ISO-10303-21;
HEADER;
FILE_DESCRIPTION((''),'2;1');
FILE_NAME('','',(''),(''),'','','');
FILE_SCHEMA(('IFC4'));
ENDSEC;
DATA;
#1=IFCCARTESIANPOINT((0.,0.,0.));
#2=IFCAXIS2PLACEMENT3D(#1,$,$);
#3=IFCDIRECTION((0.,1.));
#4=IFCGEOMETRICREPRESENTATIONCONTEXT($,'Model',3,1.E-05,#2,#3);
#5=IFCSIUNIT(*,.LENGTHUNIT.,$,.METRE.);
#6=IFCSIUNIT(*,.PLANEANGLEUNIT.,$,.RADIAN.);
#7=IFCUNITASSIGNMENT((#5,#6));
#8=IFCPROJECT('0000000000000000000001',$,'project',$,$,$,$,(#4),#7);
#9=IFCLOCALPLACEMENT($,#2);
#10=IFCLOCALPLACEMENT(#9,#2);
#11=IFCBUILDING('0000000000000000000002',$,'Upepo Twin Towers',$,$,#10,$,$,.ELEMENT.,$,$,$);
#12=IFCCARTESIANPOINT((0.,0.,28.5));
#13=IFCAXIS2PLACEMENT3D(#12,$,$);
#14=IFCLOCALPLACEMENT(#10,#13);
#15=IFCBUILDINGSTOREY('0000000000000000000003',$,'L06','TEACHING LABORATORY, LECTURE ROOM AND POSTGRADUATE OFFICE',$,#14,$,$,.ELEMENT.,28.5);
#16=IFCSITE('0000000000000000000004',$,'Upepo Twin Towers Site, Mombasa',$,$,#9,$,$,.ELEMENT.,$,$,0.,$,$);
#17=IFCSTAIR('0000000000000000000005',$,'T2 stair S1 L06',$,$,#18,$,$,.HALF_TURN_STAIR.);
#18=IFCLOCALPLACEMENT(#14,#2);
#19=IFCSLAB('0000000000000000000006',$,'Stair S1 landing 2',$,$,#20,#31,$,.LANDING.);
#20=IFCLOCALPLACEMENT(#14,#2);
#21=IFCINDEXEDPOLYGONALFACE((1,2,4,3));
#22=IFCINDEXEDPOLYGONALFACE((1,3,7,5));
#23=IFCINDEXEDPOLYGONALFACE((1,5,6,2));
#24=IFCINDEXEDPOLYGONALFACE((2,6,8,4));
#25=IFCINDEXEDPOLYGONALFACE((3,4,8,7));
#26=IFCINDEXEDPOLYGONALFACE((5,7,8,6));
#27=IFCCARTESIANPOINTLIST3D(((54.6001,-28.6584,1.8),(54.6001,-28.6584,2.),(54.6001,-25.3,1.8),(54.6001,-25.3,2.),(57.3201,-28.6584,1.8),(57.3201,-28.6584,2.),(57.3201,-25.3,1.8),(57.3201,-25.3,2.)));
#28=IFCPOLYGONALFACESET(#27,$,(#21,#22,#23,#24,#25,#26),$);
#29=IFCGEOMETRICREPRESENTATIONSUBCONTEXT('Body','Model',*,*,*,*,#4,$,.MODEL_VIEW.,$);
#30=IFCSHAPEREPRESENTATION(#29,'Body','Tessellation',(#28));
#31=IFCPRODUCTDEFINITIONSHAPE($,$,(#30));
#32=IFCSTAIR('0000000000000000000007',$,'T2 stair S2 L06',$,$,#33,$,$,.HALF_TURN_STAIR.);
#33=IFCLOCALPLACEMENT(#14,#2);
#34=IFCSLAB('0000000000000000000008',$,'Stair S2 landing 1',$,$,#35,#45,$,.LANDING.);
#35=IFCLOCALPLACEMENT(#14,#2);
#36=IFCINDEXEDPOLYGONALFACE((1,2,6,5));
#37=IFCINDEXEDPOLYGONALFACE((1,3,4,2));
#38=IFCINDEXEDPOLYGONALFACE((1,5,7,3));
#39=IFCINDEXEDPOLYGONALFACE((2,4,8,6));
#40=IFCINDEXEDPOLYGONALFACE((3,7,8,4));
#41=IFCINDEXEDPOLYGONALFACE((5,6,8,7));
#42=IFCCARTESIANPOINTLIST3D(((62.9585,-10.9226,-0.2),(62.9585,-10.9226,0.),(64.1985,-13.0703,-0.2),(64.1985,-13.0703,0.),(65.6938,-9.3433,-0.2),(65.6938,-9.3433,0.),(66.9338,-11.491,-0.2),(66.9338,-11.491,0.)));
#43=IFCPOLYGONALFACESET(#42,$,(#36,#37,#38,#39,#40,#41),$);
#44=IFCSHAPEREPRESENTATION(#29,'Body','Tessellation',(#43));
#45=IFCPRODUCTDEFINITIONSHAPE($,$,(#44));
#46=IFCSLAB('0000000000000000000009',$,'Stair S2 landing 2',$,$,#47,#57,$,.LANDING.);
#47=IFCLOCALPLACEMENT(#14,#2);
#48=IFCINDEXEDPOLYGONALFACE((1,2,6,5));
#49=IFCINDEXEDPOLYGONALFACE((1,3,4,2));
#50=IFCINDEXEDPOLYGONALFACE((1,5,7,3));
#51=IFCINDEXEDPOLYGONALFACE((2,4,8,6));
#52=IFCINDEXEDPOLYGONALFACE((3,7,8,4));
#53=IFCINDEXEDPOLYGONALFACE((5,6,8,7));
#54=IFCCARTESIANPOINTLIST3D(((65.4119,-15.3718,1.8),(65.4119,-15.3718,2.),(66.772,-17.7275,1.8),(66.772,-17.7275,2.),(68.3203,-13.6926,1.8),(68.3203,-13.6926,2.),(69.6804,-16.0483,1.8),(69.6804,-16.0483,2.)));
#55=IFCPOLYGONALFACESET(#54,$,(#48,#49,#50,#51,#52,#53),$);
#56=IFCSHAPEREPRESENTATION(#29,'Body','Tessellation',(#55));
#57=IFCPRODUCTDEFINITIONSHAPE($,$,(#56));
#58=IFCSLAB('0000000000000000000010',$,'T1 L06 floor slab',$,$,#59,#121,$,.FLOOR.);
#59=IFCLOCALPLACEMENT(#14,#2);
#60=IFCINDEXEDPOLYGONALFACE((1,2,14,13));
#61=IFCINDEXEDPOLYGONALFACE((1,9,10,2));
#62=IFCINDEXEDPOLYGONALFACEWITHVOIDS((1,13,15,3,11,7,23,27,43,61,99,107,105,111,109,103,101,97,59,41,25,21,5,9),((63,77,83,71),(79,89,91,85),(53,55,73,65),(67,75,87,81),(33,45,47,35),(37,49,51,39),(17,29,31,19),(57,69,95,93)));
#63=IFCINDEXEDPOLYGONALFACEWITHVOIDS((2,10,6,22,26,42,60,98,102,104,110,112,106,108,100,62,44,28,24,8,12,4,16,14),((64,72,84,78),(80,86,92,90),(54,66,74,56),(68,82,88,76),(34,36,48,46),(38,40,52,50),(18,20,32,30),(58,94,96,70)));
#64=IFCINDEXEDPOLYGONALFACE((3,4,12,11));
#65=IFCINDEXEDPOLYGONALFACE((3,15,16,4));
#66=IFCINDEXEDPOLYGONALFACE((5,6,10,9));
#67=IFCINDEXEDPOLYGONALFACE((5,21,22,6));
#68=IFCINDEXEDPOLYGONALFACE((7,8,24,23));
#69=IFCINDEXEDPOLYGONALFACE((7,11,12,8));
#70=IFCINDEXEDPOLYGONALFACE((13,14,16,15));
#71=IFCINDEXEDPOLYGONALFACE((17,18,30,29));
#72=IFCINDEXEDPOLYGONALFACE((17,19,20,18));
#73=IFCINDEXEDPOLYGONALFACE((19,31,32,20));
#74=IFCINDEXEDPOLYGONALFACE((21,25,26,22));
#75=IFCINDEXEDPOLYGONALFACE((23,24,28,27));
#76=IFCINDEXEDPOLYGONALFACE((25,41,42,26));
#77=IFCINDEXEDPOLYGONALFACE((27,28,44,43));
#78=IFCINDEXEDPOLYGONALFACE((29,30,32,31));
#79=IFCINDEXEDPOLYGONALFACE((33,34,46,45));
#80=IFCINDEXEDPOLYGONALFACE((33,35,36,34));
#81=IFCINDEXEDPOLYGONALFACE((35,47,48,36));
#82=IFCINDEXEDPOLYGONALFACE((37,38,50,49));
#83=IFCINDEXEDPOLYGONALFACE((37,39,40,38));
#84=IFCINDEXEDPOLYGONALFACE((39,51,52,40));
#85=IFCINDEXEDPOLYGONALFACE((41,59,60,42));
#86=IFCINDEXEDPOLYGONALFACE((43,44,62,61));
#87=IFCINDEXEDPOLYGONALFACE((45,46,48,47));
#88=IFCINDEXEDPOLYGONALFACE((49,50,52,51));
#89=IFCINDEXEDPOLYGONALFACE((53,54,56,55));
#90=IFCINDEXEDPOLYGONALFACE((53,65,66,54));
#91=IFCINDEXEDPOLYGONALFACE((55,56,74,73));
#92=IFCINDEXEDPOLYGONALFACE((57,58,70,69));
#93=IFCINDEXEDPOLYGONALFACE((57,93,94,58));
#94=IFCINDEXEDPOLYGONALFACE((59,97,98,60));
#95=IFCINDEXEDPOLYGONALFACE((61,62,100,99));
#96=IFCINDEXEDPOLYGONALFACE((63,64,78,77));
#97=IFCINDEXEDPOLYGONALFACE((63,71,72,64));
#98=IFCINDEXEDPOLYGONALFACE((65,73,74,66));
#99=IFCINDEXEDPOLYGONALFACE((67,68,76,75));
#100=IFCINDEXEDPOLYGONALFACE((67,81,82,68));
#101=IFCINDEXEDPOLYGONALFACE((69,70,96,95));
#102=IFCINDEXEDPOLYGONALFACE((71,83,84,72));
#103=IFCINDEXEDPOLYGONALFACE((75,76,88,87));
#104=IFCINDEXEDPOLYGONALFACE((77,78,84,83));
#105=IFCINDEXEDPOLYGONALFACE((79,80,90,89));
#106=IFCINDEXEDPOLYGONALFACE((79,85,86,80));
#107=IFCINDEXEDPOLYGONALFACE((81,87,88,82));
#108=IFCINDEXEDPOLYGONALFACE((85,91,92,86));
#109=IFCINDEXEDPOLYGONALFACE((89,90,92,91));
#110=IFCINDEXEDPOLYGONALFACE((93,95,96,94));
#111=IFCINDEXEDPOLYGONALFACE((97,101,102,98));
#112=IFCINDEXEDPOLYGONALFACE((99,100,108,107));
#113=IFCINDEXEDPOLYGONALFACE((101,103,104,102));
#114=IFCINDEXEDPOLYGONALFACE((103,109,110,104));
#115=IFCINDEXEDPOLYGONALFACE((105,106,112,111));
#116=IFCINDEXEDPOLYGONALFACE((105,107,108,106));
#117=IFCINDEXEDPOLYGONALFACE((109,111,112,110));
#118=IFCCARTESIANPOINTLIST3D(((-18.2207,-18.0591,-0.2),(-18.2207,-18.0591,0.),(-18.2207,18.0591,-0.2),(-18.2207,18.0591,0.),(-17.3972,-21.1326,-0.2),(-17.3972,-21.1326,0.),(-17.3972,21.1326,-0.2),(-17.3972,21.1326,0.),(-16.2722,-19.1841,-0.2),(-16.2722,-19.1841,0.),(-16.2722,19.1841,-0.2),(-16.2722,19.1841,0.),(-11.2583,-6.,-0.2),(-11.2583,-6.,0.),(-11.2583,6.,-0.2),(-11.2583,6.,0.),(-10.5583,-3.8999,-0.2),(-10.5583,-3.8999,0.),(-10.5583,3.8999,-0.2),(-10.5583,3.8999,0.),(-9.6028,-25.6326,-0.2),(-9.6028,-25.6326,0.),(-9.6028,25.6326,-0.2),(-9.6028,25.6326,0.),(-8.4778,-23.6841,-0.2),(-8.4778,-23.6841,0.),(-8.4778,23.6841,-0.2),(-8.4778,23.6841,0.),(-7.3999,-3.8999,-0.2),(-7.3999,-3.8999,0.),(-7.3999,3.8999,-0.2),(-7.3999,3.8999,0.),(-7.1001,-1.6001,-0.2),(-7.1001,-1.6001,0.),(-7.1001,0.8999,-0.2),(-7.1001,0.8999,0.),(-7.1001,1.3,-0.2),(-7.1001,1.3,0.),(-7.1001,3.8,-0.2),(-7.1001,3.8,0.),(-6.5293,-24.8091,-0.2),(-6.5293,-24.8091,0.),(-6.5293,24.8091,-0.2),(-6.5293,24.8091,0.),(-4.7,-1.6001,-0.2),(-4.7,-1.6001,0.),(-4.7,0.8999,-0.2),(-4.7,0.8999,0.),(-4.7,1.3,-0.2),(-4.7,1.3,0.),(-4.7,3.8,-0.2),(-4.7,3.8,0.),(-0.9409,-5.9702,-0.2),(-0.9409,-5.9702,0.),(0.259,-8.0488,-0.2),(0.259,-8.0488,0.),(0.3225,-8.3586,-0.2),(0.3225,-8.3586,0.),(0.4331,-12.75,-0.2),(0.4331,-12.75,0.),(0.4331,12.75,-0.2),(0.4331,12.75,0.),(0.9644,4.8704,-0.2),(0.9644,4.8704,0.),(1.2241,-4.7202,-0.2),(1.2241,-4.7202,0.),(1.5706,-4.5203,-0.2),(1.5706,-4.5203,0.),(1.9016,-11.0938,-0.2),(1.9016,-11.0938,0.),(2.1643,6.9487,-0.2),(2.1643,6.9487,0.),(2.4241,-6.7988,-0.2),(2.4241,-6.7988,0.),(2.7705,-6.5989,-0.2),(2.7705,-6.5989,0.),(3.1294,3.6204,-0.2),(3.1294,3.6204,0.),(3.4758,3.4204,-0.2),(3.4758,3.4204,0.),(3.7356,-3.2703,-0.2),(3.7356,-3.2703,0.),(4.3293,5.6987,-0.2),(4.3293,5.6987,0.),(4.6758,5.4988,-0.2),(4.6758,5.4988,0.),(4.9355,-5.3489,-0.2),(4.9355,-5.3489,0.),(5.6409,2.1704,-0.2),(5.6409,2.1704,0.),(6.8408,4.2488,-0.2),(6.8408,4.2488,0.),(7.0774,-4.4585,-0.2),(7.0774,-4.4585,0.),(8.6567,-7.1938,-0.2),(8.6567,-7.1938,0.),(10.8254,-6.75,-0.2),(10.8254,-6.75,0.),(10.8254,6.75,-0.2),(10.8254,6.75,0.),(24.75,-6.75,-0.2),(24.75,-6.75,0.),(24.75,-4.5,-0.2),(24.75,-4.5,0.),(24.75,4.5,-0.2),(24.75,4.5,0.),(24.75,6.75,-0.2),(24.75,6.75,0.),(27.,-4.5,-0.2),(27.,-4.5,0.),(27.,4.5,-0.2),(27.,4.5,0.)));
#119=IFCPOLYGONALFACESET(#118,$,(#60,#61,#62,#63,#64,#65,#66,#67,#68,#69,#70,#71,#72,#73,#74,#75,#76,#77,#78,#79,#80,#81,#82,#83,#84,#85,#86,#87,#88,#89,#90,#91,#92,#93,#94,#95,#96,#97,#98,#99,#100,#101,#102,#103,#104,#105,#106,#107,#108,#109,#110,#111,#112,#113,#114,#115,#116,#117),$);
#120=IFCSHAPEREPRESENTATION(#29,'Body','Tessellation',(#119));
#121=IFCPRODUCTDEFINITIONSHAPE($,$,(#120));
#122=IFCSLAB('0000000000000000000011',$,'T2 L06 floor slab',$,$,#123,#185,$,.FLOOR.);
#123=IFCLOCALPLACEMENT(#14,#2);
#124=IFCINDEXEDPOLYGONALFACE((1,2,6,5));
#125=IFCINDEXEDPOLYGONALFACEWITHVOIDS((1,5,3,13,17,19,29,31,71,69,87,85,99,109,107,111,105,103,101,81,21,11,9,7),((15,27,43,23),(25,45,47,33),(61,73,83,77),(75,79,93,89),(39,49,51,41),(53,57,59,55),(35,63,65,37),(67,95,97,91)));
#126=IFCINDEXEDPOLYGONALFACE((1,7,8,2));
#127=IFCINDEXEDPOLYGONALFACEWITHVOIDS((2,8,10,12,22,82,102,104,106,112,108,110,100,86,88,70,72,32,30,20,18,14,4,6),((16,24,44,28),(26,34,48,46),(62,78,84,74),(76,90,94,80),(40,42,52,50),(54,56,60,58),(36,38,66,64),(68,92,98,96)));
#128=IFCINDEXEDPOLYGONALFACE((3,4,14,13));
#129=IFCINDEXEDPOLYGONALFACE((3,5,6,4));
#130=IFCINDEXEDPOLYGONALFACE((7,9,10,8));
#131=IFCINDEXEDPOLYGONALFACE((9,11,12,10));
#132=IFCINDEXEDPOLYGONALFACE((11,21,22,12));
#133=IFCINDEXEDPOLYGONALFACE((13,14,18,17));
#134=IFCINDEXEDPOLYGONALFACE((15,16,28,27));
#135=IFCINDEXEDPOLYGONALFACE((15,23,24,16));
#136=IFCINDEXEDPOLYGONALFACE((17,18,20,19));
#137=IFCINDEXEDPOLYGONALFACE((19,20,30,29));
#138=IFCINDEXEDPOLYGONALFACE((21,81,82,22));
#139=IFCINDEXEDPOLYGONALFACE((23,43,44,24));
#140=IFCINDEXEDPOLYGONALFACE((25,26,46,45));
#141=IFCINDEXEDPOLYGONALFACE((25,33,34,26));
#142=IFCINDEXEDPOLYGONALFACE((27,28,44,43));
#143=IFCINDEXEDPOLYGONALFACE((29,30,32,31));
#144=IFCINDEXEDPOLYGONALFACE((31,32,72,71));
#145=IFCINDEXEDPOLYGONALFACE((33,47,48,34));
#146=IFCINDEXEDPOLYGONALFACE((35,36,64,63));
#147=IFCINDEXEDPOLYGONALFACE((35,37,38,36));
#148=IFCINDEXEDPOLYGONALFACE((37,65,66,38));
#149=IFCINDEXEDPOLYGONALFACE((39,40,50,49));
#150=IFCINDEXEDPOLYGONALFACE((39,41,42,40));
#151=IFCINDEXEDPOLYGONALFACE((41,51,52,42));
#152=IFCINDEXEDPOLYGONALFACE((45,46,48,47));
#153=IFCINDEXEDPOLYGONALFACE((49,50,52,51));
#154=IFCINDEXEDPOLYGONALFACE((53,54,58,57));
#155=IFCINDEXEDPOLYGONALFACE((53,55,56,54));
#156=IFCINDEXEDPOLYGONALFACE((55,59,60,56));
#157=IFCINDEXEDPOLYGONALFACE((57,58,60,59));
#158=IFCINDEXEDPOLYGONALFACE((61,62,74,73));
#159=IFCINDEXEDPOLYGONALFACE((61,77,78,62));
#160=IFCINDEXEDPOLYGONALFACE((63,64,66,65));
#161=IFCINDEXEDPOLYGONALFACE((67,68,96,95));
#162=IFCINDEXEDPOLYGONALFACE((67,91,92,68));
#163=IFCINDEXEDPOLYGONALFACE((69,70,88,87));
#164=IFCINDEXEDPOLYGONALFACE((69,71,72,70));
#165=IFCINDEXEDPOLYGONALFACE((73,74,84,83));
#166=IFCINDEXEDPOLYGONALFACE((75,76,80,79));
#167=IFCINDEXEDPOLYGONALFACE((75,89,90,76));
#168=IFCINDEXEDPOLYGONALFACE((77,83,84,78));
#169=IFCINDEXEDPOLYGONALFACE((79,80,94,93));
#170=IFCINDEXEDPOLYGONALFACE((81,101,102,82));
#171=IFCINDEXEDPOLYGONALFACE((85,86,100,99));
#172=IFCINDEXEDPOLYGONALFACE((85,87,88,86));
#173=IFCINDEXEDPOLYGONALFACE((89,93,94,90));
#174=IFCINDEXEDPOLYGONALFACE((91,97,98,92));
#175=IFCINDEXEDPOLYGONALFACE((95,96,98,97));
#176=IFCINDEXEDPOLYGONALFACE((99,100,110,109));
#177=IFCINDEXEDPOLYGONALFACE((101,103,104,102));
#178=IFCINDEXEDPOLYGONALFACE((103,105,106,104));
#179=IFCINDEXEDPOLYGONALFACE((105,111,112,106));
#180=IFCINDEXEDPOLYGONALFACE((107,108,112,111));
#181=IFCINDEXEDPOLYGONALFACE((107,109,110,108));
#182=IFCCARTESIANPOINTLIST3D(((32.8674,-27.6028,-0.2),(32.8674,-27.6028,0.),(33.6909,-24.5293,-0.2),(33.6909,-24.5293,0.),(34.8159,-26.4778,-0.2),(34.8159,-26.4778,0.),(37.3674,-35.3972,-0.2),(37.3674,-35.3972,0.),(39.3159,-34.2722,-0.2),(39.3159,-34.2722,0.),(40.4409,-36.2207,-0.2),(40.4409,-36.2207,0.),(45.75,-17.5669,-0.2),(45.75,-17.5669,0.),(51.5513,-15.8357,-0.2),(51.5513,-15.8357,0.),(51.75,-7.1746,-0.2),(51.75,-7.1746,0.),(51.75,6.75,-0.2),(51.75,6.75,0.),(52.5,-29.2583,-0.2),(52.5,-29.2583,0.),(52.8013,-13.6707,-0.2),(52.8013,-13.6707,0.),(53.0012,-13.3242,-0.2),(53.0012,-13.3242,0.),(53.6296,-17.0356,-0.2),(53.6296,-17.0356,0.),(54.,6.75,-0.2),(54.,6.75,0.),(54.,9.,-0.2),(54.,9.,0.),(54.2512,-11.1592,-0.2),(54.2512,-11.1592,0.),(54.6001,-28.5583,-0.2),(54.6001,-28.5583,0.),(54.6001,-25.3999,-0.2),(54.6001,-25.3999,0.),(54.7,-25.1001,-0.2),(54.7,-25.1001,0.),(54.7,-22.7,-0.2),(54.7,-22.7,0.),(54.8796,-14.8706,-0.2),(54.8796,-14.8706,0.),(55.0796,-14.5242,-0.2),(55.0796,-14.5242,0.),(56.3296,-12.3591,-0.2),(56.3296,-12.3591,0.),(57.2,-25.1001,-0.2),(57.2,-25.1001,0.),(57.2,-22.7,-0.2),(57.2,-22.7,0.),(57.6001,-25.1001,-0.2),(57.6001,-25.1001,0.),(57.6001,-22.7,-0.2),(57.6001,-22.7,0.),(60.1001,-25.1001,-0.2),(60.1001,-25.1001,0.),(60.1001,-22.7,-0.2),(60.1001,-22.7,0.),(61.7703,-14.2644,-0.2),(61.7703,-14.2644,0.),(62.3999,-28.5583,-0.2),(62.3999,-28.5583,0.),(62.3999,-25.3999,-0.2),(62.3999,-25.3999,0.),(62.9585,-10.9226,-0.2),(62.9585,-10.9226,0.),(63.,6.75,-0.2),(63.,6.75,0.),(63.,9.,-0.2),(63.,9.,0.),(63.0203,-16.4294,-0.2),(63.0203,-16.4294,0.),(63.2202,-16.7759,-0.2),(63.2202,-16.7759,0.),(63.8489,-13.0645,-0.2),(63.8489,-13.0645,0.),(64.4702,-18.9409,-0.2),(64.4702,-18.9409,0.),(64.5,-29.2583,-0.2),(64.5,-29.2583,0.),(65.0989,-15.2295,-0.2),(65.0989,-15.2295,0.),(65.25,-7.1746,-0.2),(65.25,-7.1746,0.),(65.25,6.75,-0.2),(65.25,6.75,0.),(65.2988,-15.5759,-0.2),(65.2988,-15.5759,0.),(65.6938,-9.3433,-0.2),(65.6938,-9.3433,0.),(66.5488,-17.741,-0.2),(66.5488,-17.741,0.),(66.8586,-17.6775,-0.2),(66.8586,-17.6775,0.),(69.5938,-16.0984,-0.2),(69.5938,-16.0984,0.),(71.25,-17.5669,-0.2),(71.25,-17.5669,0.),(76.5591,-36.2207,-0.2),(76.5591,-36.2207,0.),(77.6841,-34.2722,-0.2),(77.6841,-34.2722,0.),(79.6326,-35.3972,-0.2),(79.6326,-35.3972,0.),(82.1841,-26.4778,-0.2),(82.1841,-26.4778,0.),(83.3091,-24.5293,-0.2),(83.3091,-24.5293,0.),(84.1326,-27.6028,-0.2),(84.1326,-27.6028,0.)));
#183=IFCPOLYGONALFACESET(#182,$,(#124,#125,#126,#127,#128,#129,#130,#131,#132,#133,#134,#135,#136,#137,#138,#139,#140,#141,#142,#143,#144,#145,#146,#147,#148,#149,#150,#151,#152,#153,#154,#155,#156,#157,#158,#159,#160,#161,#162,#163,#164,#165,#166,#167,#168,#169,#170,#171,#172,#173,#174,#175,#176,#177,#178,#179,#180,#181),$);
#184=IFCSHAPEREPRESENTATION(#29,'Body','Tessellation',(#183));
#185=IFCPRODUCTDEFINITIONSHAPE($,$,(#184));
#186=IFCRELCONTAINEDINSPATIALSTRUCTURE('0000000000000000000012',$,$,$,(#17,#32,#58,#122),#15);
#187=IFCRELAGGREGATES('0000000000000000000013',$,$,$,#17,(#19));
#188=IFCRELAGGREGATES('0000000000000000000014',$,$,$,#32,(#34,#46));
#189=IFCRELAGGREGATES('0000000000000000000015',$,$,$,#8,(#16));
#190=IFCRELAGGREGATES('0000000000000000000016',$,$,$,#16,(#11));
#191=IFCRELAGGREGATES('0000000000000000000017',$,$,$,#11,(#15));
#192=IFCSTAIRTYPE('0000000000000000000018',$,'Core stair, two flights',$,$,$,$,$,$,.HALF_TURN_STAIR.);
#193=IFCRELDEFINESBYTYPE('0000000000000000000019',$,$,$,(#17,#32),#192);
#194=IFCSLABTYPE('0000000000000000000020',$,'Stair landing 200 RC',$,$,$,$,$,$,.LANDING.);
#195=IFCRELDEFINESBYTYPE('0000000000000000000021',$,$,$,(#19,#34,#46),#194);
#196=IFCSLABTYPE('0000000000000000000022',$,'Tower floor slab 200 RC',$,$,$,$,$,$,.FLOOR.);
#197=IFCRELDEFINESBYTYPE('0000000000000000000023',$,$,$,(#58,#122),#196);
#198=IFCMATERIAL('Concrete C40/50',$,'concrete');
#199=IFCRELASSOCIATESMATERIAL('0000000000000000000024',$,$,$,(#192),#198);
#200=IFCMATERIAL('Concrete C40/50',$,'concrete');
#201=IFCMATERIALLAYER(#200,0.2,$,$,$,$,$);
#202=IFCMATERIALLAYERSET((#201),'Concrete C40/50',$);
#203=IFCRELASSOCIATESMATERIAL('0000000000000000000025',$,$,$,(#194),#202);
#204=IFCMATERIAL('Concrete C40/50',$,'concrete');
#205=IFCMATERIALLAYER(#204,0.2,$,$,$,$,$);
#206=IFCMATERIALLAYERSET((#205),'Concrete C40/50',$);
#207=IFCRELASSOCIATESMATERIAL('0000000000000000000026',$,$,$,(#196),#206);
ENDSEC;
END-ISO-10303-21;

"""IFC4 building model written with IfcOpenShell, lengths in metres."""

from ifc_helpers import new_model, si_unit, direction, frame, origin, place, context, subcontext, project, spatial, polyline, outline, extrude, material, layer, layer_set, type_object, element, aggregate, save


model = new_model("IFC4")

# Units and contexts
model_context = context("Model", 3, precision=1e-05, world=origin(), true_north=direction((0.0, 1.0)))
body_context = subcontext(model_context, "Body", "Model", "MODEL_VIEW")
ifc_project = project(units=[si_unit("LENGTHUNIT", "METRE"), si_unit("PLANEANGLEUNIT", "RADIAN")], contexts=[model_context])

# Site, building, storey
site_placement = place(None, origin())
site = spatial("IfcSite", under=ifc_project, at=site_placement, Name="Upepo Twin Towers Site, Mombasa", CompositionType="ELEMENT", RefElevation=0.0)
building_placement = place(site_placement, origin())
building = spatial("IfcBuilding", under=site, at=building_placement, Name="Upepo Twin Towers", CompositionType="ELEMENT")
storey_placement = place(building_placement, frame((0.0, 0.0, 28.5)))
storey = spatial("IfcBuildingStorey", under=building, at=storey_placement, Name="L06", Description="TEACHING LABORATORY, LECTURE ROOM AND POSTGRADUATE OFFICE", CompositionType="ELEMENT", Elevation=28.5)

# Stairs, slabs
ifc_material_1 = material(Name="Concrete C40/50", Category="concrete")
stair_type = type_object("IfcStairType", Name="Core stair, two flights", PredefinedType="HALF_TURN_STAIR", material=ifc_material_1)
ifc_material_2 = material(Name="Concrete C40/50", Category="concrete")
ifc_layer_1 = layer(ifc_material_2, 0.2)
ifc_layer_set_1 = layer_set([ifc_layer_1], Name="Concrete C40/50")
slab_type_1 = type_object("IfcSlabType", Name="Stair landing 200 RC", PredefinedType="LANDING", material=ifc_layer_set_1)
stair_1_placement = place(storey_placement, origin())
stair_1 = element("IfcStair", 1, at=stair_1_placement, inside=storey, type_object=stair_type, Name="T2 stair S1 L06", PredefinedType="HALF_TURN_STAIR")
slab_1_placement = place(storey_placement, frame((0.0, 0.0, 1.8)))
slab_1 = element("IfcSlab", 2, at=slab_1_placement, type_object=slab_type_1, Name="Stair S1 landing 2", PredefinedType="LANDING", context=body_context, shape_type="SweptSolid", body=[
    extrude(outline(polyline([(54.6001, -25.3), (54.6001, -28.6584), (57.3201, -28.6584), (57.3201, -25.3), (54.6001, -25.3)])), origin(), (0.0, 0.0, 1.0), 0.2),
])
aggregate(stair_1, [slab_1])
stair_2_placement = place(storey_placement, origin())
stair_2 = element("IfcStair", 3, at=stair_2_placement, inside=storey, type_object=stair_type, Name="T2 stair S2 L06", PredefinedType="HALF_TURN_STAIR")
slab_2_placement = place(storey_placement, frame((0.0, 0.0, -0.2)))
slab_2 = element("IfcSlab", 4, at=slab_2_placement, type_object=slab_type_1, Name="Stair S2 landing 1", PredefinedType="LANDING", context=body_context, shape_type="SweptSolid", body=[
    extrude(outline(polyline([(64.1985, -13.0703), (66.9338, -11.491), (65.6938, -9.3433), (62.9585, -10.9226), (64.1985, -13.0703)])), origin(), (0.0, 0.0, 1.0), 0.2),
])
slab_3_placement = place(storey_placement, frame((0.0, 0.0, 1.8)))
slab_3 = element("IfcSlab", 5, at=slab_3_placement, type_object=slab_type_1, Name="Stair S2 landing 2", PredefinedType="LANDING", context=body_context, shape_type="SweptSolid", body=[
    extrude(outline(polyline([(66.772, -17.7275), (69.6804, -16.0483), (68.3203, -13.6926), (65.4119, -15.3718), (66.772, -17.7275)])), origin(), (0.0, 0.0, 1.0), 0.2),
])
aggregate(stair_2, [slab_2, slab_3])

# Slabs
ifc_material_3 = material(Name="Concrete C40/50", Category="concrete")
ifc_layer_2 = layer(ifc_material_3, 0.2)
ifc_layer_set_2 = layer_set([ifc_layer_2], Name="Concrete C40/50")
slab_type_2 = type_object("IfcSlabType", Name="Tower floor slab 200 RC", PredefinedType="FLOOR", material=ifc_layer_set_2)
slab_4_placement = place(storey_placement, frame((0.0, 0.0, -0.2)))
element("IfcSlab", 6, at=slab_4_placement, inside=storey, type_object=slab_type_2, Name="T1 L06 floor slab", PredefinedType="FLOOR", context=body_context, shape_type="SweptSolid", body=[
    extrude(outline(polyline([(-8.4778, -23.6841), (-9.6028, -25.6326), (-17.3972, -21.1326), (-16.2722, -19.1841), (-18.2207, -18.0591), (-11.2583, -6.0), (-11.2583, 6.0), (-18.2207, 18.0591), (-16.2722, 19.1841), (-17.3972, 21.1326), (-9.6028, 25.6326), (-8.4778, 23.6841), (-6.5293, 24.8091), (0.4331, 12.75), (10.8254, 6.75), (24.75, 6.75), (24.75, 4.5), (27.0, 4.5), (27.0, -4.5), (24.75, -4.5), (24.75, -6.75), (10.8254, -6.75), (0.4331, -12.75), (-6.5293, -24.8091), (-8.4778, -23.6841)]), holes=[polyline([(5.6409, 2.1704), (6.8408, 4.2488), (4.6758, 5.4988), (3.4758, 3.4204), (5.6409, 2.1704)]), polyline([(3.1294, 3.6204), (4.3293, 5.6987), (2.1643, 6.9487), (0.9644, 4.8704), (3.1294, 3.6204)]), polyline([(-4.7, 3.8), (-7.1001, 3.8), (-7.1001, 1.3), (-4.7, 1.3), (-4.7, 3.8)]), polyline([(-4.7, 0.8999), (-7.1001, 0.8999), (-7.1001, -1.6001), (-4.7, -1.6001), (-4.7, 0.8999)]), polyline([(-7.3999, 3.8999), (-10.5583, 3.8999), (-10.5583, -3.8999), (-7.3999, -3.8999), (-7.3999, 3.8999)]), polyline([(-0.9409, -5.9702), (0.259, -8.0488), (2.4241, -6.7988), (1.2241, -4.7202), (-0.9409, -5.9702)]), polyline([(1.5706, -4.5203), (2.7705, -6.5989), (4.9355, -5.3489), (3.7356, -3.2703), (1.5706, -4.5203)]), polyline([(0.3225, -8.3586), (1.9016, -11.0938), (8.6567, -7.1938), (7.0774, -4.4585), (0.3225, -8.3586)])]), origin(), (0.0, 0.0, 1.0), 0.2),
])
slab_5_placement = place(storey_placement, frame((0.0, 0.0, -0.2)))
element("IfcSlab", 7, at=slab_5_placement, inside=storey, type_object=slab_type_2, Name="T2 L06 floor slab", PredefinedType="FLOOR", context=body_context, shape_type="SweptSolid", body=[
    extrude(outline(polyline([(82.1841, -26.4778), (84.1326, -27.6028), (79.6326, -35.3972), (77.6841, -34.2722), (76.5591, -36.2207), (64.5, -29.2583), (52.5, -29.2583), (40.4409, -36.2207), (39.3159, -34.2722), (37.3674, -35.3972), (32.8674, -27.6028), (34.8159, -26.4778), (33.6909, -24.5293), (45.75, -17.5669), (51.75, -7.1746), (51.75, 6.75), (54.0, 6.75), (54.0, 9.0), (63.0, 9.0), (63.0, 6.75), (65.25, 6.75), (65.25, -7.1746), (71.25, -17.5669), (83.3091, -24.5293), (82.1841, -26.4778)]), holes=[polyline([(56.3296, -12.3591), (54.2512, -11.1592), (53.0012, -13.3242), (55.0796, -14.5242), (56.3296, -12.3591)]), polyline([(54.8796, -14.8706), (52.8013, -13.6707), (51.5513, -15.8357), (53.6296, -17.0356), (54.8796, -14.8706)]), polyline([(54.7, -22.7), (54.7, -25.1001), (57.2, -25.1001), (57.2, -22.7), (54.7, -22.7)]), polyline([(57.6001, -22.7), (57.6001, -25.1001), (60.1001, -25.1001), (60.1001, -22.7), (57.6001, -22.7)]), polyline([(54.6001, -25.3999), (54.6001, -28.5583), (62.3999, -28.5583), (62.3999, -25.3999), (54.6001, -25.3999)]), polyline([(64.4702, -18.9409), (66.5488, -17.741), (65.2988, -15.5759), (63.2202, -16.7759), (64.4702, -18.9409)]), polyline([(63.0203, -16.4294), (65.0989, -15.2295), (63.8489, -13.0645), (61.7703, -14.2644), (63.0203, -16.4294)]), polyline([(66.8586, -17.6775), (69.5938, -16.0984), (65.6938, -9.3433), (62.9585, -10.9226), (66.8586, -17.6775)])]), origin(), (0.0, 0.0, 1.0), 0.2),
])

save(model, "model.ifc")
